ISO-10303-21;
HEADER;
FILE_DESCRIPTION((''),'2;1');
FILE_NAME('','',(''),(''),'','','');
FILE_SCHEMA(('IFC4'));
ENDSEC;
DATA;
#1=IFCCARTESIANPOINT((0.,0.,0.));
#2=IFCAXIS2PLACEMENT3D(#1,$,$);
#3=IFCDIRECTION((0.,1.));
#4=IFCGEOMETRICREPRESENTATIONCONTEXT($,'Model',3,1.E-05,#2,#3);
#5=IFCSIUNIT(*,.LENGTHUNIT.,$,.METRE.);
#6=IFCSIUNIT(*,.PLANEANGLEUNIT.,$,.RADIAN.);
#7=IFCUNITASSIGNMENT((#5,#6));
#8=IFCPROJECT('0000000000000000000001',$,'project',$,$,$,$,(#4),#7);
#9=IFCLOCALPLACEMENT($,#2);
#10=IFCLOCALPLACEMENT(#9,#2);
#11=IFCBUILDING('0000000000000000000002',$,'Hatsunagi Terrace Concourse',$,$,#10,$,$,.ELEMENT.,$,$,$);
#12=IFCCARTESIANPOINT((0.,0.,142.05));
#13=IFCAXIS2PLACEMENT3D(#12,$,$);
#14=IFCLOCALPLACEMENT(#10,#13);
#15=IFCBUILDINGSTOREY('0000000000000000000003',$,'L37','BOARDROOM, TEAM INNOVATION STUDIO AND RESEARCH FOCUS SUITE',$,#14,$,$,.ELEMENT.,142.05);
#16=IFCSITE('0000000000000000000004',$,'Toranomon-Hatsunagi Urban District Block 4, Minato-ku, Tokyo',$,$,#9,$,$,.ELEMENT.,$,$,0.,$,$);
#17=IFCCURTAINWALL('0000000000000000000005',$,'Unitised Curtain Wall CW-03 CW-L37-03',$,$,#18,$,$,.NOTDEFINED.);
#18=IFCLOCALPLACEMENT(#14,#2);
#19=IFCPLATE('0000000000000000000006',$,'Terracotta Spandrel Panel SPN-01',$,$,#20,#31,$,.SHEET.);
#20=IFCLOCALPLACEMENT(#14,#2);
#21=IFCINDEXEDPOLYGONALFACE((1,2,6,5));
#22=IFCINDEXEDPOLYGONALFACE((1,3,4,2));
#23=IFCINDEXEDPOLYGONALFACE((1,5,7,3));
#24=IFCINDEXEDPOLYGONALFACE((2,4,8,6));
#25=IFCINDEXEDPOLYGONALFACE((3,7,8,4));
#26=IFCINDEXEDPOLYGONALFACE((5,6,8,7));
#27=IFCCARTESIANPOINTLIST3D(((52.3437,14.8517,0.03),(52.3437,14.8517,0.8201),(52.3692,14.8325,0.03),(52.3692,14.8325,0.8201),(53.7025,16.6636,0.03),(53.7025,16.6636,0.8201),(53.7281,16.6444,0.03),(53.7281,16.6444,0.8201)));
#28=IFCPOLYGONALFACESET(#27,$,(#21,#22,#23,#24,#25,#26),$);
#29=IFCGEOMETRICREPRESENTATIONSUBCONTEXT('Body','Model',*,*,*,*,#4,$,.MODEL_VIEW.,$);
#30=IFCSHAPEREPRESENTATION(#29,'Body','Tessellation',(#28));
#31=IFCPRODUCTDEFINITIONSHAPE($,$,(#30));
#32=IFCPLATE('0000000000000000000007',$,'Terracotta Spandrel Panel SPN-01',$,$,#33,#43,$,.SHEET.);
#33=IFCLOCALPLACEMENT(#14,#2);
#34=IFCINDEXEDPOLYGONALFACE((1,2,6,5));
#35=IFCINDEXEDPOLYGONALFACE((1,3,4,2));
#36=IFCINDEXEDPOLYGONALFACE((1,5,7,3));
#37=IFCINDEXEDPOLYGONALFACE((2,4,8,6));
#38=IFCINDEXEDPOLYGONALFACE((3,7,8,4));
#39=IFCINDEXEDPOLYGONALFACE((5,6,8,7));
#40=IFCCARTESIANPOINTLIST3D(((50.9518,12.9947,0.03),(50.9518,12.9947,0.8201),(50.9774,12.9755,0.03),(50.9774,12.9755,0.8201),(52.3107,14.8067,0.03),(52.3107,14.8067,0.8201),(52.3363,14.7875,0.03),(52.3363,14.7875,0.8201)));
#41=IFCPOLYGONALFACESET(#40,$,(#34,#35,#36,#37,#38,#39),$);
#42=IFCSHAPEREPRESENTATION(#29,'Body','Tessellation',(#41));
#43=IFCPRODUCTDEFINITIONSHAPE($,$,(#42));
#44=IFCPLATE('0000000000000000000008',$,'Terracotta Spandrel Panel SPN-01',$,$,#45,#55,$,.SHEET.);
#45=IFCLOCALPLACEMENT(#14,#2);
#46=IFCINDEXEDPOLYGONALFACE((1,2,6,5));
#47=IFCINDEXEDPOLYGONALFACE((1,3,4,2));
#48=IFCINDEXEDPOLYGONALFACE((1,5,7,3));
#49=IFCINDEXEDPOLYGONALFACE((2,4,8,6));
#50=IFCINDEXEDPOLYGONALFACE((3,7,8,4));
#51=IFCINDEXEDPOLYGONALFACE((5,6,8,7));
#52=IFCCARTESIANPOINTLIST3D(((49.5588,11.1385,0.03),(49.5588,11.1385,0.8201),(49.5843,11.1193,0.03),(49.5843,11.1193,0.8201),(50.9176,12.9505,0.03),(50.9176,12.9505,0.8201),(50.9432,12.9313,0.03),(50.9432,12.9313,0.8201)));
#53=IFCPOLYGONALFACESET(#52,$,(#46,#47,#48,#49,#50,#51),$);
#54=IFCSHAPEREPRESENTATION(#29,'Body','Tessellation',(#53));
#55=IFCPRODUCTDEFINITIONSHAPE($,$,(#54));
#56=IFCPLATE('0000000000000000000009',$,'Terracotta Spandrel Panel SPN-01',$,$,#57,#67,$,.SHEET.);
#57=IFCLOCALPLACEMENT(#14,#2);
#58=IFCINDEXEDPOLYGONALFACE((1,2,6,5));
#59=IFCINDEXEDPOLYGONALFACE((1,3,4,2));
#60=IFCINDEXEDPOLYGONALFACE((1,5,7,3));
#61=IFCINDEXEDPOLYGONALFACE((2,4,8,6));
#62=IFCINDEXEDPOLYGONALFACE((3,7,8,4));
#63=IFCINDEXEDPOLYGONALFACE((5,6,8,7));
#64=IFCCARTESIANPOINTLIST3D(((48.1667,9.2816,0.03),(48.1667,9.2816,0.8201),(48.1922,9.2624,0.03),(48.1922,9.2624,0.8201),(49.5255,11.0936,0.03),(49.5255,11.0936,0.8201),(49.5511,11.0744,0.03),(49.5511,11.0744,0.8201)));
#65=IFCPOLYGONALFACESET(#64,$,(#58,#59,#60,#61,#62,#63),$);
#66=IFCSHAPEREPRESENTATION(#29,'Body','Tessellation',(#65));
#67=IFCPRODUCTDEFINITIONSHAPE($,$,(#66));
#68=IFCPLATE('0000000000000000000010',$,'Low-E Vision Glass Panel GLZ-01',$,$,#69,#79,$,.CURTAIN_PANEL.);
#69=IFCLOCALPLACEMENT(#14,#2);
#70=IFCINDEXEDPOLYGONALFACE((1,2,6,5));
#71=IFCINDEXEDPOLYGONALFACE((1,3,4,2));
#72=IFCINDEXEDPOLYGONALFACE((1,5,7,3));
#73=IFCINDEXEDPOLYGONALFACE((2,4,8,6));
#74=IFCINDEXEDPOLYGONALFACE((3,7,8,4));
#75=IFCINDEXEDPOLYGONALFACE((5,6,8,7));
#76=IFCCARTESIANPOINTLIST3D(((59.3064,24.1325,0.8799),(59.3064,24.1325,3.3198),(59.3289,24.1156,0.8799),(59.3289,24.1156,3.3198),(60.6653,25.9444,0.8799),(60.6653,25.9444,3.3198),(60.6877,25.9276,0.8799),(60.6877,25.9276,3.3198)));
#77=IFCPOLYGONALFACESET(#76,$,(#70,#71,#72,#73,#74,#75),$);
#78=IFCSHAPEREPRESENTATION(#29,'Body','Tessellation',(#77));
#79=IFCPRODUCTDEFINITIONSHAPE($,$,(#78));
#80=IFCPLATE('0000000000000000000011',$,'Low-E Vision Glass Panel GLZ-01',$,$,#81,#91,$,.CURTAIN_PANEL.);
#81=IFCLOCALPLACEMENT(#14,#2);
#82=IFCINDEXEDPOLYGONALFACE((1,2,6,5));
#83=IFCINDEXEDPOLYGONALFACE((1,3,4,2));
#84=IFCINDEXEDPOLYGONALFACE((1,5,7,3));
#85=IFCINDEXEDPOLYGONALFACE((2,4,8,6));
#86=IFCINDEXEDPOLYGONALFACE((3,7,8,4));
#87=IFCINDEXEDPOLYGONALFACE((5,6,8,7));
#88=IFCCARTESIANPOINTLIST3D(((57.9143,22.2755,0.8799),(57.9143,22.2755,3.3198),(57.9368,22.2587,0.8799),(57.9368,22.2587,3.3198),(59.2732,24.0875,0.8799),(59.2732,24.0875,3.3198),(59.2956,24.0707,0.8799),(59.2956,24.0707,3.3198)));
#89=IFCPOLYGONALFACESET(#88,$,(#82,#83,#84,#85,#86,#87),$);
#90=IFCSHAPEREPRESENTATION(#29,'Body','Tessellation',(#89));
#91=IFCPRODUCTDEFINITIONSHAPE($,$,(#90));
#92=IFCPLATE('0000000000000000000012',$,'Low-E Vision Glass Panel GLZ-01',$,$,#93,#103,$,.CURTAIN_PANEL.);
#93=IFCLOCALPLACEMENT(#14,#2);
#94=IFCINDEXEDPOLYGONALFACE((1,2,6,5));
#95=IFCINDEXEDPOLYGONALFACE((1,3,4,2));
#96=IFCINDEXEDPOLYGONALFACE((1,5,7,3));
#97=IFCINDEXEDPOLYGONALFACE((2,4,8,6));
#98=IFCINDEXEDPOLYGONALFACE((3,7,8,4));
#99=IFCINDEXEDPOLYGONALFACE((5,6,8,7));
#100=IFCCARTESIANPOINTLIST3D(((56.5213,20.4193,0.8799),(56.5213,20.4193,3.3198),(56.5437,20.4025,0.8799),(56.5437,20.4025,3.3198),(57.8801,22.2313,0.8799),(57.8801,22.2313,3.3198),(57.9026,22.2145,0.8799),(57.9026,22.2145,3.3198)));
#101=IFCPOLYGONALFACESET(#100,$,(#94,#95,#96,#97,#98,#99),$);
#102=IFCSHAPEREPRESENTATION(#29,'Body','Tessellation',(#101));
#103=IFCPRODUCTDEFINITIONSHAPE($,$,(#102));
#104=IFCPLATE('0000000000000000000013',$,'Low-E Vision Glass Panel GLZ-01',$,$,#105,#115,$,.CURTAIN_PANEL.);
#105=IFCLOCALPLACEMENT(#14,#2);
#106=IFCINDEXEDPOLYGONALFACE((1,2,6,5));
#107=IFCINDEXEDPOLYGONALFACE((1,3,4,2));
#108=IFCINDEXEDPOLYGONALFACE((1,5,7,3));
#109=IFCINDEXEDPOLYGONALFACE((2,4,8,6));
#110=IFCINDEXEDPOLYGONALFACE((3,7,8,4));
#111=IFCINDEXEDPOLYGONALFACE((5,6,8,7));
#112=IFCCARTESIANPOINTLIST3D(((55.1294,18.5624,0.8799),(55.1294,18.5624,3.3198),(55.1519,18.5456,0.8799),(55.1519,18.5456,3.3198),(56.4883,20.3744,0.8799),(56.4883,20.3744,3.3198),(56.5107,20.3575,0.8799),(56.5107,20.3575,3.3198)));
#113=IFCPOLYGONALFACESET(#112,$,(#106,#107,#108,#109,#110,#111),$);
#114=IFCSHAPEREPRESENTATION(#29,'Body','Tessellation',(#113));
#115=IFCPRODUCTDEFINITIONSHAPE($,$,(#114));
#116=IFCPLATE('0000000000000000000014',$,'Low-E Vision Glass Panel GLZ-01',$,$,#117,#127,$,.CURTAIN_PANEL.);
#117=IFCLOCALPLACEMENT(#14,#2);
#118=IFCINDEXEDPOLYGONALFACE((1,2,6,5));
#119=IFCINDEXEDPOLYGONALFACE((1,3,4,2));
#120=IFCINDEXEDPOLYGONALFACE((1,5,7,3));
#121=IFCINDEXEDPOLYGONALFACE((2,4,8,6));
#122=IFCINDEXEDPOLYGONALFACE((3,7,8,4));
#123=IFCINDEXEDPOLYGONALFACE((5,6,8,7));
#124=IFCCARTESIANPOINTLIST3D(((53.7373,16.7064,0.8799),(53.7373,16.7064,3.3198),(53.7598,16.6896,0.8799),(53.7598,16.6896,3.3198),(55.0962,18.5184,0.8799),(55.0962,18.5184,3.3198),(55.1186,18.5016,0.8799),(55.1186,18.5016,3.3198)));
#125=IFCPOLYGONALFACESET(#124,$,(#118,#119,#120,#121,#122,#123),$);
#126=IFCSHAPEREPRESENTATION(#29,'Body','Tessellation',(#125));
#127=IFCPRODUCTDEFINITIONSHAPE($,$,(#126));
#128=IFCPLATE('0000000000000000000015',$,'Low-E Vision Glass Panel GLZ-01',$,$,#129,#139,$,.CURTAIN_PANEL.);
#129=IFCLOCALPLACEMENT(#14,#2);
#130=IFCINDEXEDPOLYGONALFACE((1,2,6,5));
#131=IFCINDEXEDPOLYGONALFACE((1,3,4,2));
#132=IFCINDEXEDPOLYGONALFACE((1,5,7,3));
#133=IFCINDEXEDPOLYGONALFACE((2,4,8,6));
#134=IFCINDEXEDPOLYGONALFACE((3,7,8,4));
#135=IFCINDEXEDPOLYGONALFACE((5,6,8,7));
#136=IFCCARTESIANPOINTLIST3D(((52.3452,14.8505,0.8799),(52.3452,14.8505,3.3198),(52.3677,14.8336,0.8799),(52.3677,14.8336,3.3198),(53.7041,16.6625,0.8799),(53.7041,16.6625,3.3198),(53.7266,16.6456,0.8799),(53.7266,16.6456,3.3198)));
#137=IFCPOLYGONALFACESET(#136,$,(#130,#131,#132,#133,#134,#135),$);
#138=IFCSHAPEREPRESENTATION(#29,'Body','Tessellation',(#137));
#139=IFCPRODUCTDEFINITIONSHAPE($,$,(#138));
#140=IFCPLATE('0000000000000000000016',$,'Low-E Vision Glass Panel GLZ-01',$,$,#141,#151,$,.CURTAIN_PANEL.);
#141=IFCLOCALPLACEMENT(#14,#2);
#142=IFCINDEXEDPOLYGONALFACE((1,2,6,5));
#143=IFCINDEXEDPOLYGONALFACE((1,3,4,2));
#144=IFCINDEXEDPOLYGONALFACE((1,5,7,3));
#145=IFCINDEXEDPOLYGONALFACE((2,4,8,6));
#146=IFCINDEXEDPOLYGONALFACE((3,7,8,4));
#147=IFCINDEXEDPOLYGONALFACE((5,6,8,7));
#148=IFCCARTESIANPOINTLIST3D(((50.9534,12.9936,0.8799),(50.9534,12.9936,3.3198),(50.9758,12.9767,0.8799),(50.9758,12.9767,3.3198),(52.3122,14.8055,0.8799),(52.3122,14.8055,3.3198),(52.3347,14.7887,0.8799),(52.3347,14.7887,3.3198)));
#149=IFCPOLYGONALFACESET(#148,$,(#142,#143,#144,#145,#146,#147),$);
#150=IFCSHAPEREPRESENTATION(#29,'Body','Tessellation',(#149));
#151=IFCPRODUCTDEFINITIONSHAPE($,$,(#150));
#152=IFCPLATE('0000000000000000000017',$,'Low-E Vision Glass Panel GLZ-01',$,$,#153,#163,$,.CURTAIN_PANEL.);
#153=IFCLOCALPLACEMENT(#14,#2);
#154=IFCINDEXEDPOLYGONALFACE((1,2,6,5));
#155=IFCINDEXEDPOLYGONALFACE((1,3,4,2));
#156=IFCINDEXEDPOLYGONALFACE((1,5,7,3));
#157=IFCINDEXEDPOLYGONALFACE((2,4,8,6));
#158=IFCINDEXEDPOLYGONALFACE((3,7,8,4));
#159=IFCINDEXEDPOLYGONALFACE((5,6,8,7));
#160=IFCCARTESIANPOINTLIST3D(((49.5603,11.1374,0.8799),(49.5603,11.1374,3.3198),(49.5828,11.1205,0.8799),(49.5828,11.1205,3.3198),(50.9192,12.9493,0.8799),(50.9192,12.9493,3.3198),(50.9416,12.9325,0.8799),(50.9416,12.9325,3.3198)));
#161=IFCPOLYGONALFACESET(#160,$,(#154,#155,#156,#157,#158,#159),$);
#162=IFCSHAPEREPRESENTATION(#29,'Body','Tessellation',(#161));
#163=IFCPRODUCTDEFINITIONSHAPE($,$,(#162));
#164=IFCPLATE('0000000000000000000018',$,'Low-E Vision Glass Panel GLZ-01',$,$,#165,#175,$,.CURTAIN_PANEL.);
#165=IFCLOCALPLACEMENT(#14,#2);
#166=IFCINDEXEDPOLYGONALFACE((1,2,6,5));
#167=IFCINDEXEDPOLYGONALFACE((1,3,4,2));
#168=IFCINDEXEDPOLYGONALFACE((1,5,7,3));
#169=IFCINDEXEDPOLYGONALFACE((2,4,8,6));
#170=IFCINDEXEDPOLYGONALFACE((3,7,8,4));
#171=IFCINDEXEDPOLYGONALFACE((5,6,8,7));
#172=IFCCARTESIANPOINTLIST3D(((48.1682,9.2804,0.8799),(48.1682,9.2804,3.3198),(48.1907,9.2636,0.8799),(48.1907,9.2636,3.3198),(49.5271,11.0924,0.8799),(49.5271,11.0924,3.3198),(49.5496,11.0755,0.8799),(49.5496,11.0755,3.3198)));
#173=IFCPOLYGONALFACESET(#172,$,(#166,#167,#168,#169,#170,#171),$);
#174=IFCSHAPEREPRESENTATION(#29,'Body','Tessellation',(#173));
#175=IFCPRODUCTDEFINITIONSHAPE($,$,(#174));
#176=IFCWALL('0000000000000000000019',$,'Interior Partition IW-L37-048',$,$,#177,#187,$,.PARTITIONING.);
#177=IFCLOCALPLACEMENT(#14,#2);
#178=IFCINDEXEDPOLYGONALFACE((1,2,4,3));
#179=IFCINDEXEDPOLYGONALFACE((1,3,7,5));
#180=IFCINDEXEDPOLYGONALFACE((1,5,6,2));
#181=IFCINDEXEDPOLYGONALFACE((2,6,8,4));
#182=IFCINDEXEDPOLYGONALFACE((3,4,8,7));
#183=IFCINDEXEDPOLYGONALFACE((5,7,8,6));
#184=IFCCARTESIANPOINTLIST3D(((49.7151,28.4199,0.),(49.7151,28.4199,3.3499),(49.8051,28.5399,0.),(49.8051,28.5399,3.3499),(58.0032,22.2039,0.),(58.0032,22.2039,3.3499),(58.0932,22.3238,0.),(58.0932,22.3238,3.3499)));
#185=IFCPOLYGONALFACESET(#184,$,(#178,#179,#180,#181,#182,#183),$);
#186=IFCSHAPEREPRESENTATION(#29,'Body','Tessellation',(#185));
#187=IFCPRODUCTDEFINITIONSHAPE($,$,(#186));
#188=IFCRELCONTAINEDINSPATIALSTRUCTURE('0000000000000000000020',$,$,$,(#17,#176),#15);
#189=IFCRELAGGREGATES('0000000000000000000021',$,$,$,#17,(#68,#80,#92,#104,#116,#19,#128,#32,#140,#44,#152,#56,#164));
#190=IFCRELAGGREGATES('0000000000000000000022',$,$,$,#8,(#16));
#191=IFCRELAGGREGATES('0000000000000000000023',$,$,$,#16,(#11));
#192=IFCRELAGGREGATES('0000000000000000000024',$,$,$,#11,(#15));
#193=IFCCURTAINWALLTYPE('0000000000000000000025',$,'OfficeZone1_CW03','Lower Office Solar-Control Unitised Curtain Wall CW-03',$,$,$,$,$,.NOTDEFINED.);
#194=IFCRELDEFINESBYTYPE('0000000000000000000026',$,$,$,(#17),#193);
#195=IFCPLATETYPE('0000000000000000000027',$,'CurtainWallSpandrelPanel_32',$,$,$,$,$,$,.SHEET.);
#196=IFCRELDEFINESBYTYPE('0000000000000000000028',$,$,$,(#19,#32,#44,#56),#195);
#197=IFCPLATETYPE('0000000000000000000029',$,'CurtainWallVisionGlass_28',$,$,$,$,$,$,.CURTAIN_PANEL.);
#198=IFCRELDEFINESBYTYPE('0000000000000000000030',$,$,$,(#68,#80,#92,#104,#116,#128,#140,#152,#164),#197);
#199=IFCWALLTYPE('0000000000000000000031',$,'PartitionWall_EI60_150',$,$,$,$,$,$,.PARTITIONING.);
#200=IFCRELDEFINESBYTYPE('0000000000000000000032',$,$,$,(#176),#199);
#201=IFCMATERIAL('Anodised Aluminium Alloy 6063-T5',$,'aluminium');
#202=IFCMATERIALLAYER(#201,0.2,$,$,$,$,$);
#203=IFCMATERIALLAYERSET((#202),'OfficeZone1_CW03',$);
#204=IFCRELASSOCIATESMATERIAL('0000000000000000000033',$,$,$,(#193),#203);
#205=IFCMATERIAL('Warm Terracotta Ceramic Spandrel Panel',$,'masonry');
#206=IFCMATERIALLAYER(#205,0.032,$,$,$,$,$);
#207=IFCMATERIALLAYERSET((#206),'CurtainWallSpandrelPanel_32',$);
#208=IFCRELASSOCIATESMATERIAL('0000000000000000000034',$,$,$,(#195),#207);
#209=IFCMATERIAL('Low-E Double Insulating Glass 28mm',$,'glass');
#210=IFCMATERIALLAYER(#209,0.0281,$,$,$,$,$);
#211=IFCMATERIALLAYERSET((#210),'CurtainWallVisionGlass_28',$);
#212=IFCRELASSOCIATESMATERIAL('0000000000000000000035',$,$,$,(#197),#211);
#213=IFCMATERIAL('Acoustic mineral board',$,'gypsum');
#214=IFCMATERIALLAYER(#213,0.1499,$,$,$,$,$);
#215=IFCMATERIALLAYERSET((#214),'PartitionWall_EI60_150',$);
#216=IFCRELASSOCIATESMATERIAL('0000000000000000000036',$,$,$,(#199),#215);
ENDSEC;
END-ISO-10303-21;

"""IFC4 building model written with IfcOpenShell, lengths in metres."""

from ifc_helpers import new_model, si_unit, direction, frame, frame_2d, origin, origin_2d, place, context, subcontext, project, spatial, rectangle, extrude, material, layer, layer_set, type_object, element, aggregate, save


model = new_model("IFC4")

# Units and contexts
model_context = context("Model", 3, precision=1e-05, world=origin(), true_north=direction((0.0, 1.0)))
body_context = subcontext(model_context, "Body", "Model", "MODEL_VIEW")
ifc_project = project(units=[si_unit("LENGTHUNIT", "METRE"), si_unit("PLANEANGLEUNIT", "RADIAN")], contexts=[model_context])

# Site, building, storey
site_placement = place(None, origin())
site = spatial("IfcSite", under=ifc_project, at=site_placement, Name="Toranomon-Hatsunagi Urban District Block 4, Minato-ku, Tokyo", CompositionType="ELEMENT", RefElevation=0.0)
building_placement = place(site_placement, origin())
building = spatial("IfcBuilding", under=site, at=building_placement, Name="Hatsunagi Terrace Concourse", CompositionType="ELEMENT")
storey_placement = place(building_placement, frame((0.0, 0.0, 142.05)))
storey = spatial("IfcBuildingStorey", under=building, at=storey_placement, Name="L37", Description="BOARDROOM, TEAM INNOVATION STUDIO AND RESEARCH FOCUS SUITE", CompositionType="ELEMENT", Elevation=142.05)

# Curtain wall
ifc_material_1 = material(Name="Anodised Aluminium Alloy 6063-T5", Category="aluminium")
ifc_layer_1 = layer(ifc_material_1, 0.2)
ifc_layer_set_1 = layer_set([ifc_layer_1], Name="OfficeZone1_CW03")
curtain_wall_type = type_object("IfcCurtainWallType", Name="OfficeZone1_CW03", Description="Lower Office Solar-Control Unitised Curtain Wall CW-03", PredefinedType="NOTDEFINED", material=ifc_layer_set_1)
curtain_wall_placement = place(storey_placement, origin())
curtain_wall = element("IfcCurtainWall", 1, at=curtain_wall_placement, inside=storey, type_object=curtain_wall_type, Name="Unitised Curtain Wall CW-03 CW-L37-03", PredefinedType="NOTDEFINED")

# Plates
ifc_material_2 = material(Name="Warm Terracotta Ceramic Spandrel Panel", Category="masonry")
ifc_layer_2 = layer(ifc_material_2, 0.032)
ifc_layer_set_2 = layer_set([ifc_layer_2], Name="CurtainWallSpandrelPanel_32")
plate_type_1 = type_object("IfcPlateType", Name="CurtainWallSpandrelPanel_32", PredefinedType="SHEET", material=ifc_layer_set_2)
plate_1_placement = place(storey_placement, frame((53.0359, 15.748, 0.03), z_axis=(0.0, 0.0, 1.0), x_axis=(-0.599969, -0.800023, 0.0)))
plate_1 = element("IfcPlate", 2, at=plate_1_placement, type_object=plate_type_1, Name="Terracotta Spandrel Panel SPN-01", PredefinedType="SHEET", context=body_context, shape_type="SweptSolid", body=[
    extrude(rectangle(XDim=2.2649, YDim=0.032, at=origin_2d()), origin(), (0.0, 0.0, 1.0), 0.79),
])
plate_2_placement = place(storey_placement, frame((51.644, 13.8911, 0.03), z_axis=(0.0, 0.0, 1.0), x_axis=(-0.599969, -0.800023, 0.0)))
plate_2 = element("IfcPlate", 3, at=plate_2_placement, type_object=plate_type_1, Name="Terracotta Spandrel Panel SPN-01", PredefinedType="SHEET", context=body_context, shape_type="SweptSolid", body=[
    extrude(rectangle(XDim=2.2649, YDim=0.032, at=origin_2d()), origin(), (0.0, 0.0, 1.0), 0.79),
])
plate_3_placement = place(storey_placement, frame((50.251, 12.0349, 0.03), z_axis=(0.0, 0.0, 1.0), x_axis=(-0.599969, -0.800023, 0.0)))
plate_3 = element("IfcPlate", 4, at=plate_3_placement, type_object=plate_type_1, Name="Terracotta Spandrel Panel SPN-01", PredefinedType="SHEET", context=body_context, shape_type="SweptSolid", body=[
    extrude(rectangle(XDim=2.2649, YDim=0.032, at=origin_2d()), origin(), (0.0, 0.0, 1.0), 0.79),
])
plate_4_placement = place(storey_placement, frame((48.8589, 10.178, 0.03), z_axis=(0.0, 0.0, 1.0), x_axis=(-0.599969, -0.800023, 0.0)))
plate_4 = element("IfcPlate", 5, at=plate_4_placement, type_object=plate_type_1, Name="Terracotta Spandrel Panel SPN-01", PredefinedType="SHEET", context=body_context, shape_type="SweptSolid", body=[
    extrude(rectangle(XDim=2.2649, YDim=0.032, at=origin_2d()), origin(), (0.0, 0.0, 1.0), 0.79),
])
ifc_material_3 = material(Name="Low-E Double Insulating Glass 28mm", Category="glass")
ifc_layer_3 = layer(ifc_material_3, 0.0281)
ifc_layer_set_3 = layer_set([ifc_layer_3], Name="CurtainWallVisionGlass_28")
plate_type_2 = type_object("IfcPlateType", Name="CurtainWallVisionGlass_28", PredefinedType="CURTAIN_PANEL", material=ifc_layer_set_3)
plate_5_placement = place(storey_placement, frame((59.9971, 25.03, 0.8799), z_axis=(0.0, 0.0, 1.0), x_axis=(-0.599969, -0.800023, 0.0)))
plate_5 = element("IfcPlate", 6, at=plate_5_placement, type_object=plate_type_2, Name="Low-E Vision Glass Panel GLZ-01", PredefinedType="CURTAIN_PANEL", context=body_context, shape_type="SweptSolid", body=[
    extrude(rectangle(XDim=2.2649, YDim=0.0281, at=origin_2d()), origin(), (0.0, 0.0, 1.0), 2.4399),
])
plate_6_placement = place(storey_placement, frame((58.605, 23.1731, 0.8799), z_axis=(0.0, 0.0, 1.0), x_axis=(-0.599969, -0.800023, 0.0)))
plate_6 = element("IfcPlate", 7, at=plate_6_placement, type_object=plate_type_2, Name="Low-E Vision Glass Panel GLZ-01", PredefinedType="CURTAIN_PANEL", context=body_context, shape_type="SweptSolid", body=[
    extrude(rectangle(XDim=2.2649, YDim=0.0281, at=origin_2d()), origin(), (0.0, 0.0, 1.0), 2.4399),
])
plate_7_placement = place(storey_placement, frame((57.2119, 21.3169, 0.8799), z_axis=(0.0, 0.0, 1.0), x_axis=(-0.599969, -0.800023, 0.0)))
plate_7 = element("IfcPlate", 8, at=plate_7_placement, type_object=plate_type_2, Name="Low-E Vision Glass Panel GLZ-01", PredefinedType="CURTAIN_PANEL", context=body_context, shape_type="SweptSolid", body=[
    extrude(rectangle(XDim=2.2649, YDim=0.0281, at=origin_2d()), origin(), (0.0, 0.0, 1.0), 2.4399),
])
plate_8_placement = place(storey_placement, frame((55.8201, 19.46, 0.8799), z_axis=(0.0, 0.0, 1.0), x_axis=(-0.599969, -0.800023, 0.0)))
plate_8 = element("IfcPlate", 9, at=plate_8_placement, type_object=plate_type_2, Name="Low-E Vision Glass Panel GLZ-01", PredefinedType="CURTAIN_PANEL", context=body_context, shape_type="SweptSolid", body=[
    extrude(rectangle(XDim=2.2649, YDim=0.0281, at=origin_2d()), origin(), (0.0, 0.0, 1.0), 2.4399),
])
plate_9_placement = place(storey_placement, frame((54.428, 17.604, 0.8799), z_axis=(0.0, 0.0, 1.0), x_axis=(-0.599969, -0.800023, 0.0)))
plate_9 = element("IfcPlate", 10, at=plate_9_placement, type_object=plate_type_2, Name="Low-E Vision Glass Panel GLZ-01", PredefinedType="CURTAIN_PANEL", context=body_context, shape_type="SweptSolid", body=[
    extrude(rectangle(XDim=2.2649, YDim=0.0281, at=origin_2d()), origin(), (0.0, 0.0, 1.0), 2.4399),
])
plate_10_placement = place(storey_placement, frame((53.0359, 15.748, 0.8799), z_axis=(0.0, 0.0, 1.0), x_axis=(-0.599969, -0.800023, 0.0)))
plate_10 = element("IfcPlate", 11, at=plate_10_placement, type_object=plate_type_2, Name="Low-E Vision Glass Panel GLZ-01", PredefinedType="CURTAIN_PANEL", context=body_context, shape_type="SweptSolid", body=[
    extrude(rectangle(XDim=2.2649, YDim=0.0281, at=origin_2d()), origin(), (0.0, 0.0, 1.0), 2.4399),
])
plate_11_placement = place(storey_placement, frame((51.644, 13.8911, 0.8799), z_axis=(0.0, 0.0, 1.0), x_axis=(-0.599969, -0.800023, 0.0)))
plate_11 = element("IfcPlate", 12, at=plate_11_placement, type_object=plate_type_2, Name="Low-E Vision Glass Panel GLZ-01", PredefinedType="CURTAIN_PANEL", context=body_context, shape_type="SweptSolid", body=[
    extrude(rectangle(XDim=2.2649, YDim=0.0281, at=origin_2d()), origin(), (0.0, 0.0, 1.0), 2.4399),
])
plate_12_placement = place(storey_placement, frame((50.251, 12.0349, 0.8799), z_axis=(0.0, 0.0, 1.0), x_axis=(-0.599969, -0.800023, 0.0)))
plate_12 = element("IfcPlate", 13, at=plate_12_placement, type_object=plate_type_2, Name="Low-E Vision Glass Panel GLZ-01", PredefinedType="CURTAIN_PANEL", context=body_context, shape_type="SweptSolid", body=[
    extrude(rectangle(XDim=2.2649, YDim=0.0281, at=origin_2d()), origin(), (0.0, 0.0, 1.0), 2.4399),
])
plate_13_placement = place(storey_placement, frame((48.8589, 10.178, 0.8799), z_axis=(0.0, 0.0, 1.0), x_axis=(-0.599969, -0.800023, 0.0)))
plate_13 = element("IfcPlate", 14, at=plate_13_placement, type_object=plate_type_2, Name="Low-E Vision Glass Panel GLZ-01", PredefinedType="CURTAIN_PANEL", context=body_context, shape_type="SweptSolid", body=[
    extrude(rectangle(XDim=2.2649, YDim=0.0281, at=origin_2d()), origin(), (0.0, 0.0, 1.0), 2.4399),
])
aggregate(curtain_wall, [plate_5, plate_6, plate_7, plate_8, plate_9, plate_1, plate_10, plate_2, plate_11, plate_3, plate_12, plate_4, plate_13])

# Wall
ifc_material_4 = material(Name="Acoustic mineral board", Category="gypsum")
ifc_layer_4 = layer(ifc_material_4, 0.1499)
ifc_layer_set_4 = layer_set([ifc_layer_4], Name="PartitionWall_EI60_150")
wall_type_1 = type_object("IfcWallType", Name="PartitionWall_EI60_150", PredefinedType="PARTITIONING", material=ifc_layer_set_4)
wall_1_placement = place(storey_placement, frame((49.76, 28.48, 0.0), z_axis=(0.0, 0.0, 1.0), x_axis=(0.8, -0.6, 0.0)))
element("IfcWall", 15, at=wall_1_placement, inside=storey, type_object=wall_type_1, Name="Interior Partition IW-L37-048", PredefinedType="PARTITIONING", context=body_context, shape_type="SweptSolid", body=[
    extrude(rectangle(XDim=10.3601, YDim=0.1499, at=frame_2d((5.1802, 0.0))), origin(), (0.0, 0.0, 1.0), 3.3499),
])

save(model, "model.ifc")
